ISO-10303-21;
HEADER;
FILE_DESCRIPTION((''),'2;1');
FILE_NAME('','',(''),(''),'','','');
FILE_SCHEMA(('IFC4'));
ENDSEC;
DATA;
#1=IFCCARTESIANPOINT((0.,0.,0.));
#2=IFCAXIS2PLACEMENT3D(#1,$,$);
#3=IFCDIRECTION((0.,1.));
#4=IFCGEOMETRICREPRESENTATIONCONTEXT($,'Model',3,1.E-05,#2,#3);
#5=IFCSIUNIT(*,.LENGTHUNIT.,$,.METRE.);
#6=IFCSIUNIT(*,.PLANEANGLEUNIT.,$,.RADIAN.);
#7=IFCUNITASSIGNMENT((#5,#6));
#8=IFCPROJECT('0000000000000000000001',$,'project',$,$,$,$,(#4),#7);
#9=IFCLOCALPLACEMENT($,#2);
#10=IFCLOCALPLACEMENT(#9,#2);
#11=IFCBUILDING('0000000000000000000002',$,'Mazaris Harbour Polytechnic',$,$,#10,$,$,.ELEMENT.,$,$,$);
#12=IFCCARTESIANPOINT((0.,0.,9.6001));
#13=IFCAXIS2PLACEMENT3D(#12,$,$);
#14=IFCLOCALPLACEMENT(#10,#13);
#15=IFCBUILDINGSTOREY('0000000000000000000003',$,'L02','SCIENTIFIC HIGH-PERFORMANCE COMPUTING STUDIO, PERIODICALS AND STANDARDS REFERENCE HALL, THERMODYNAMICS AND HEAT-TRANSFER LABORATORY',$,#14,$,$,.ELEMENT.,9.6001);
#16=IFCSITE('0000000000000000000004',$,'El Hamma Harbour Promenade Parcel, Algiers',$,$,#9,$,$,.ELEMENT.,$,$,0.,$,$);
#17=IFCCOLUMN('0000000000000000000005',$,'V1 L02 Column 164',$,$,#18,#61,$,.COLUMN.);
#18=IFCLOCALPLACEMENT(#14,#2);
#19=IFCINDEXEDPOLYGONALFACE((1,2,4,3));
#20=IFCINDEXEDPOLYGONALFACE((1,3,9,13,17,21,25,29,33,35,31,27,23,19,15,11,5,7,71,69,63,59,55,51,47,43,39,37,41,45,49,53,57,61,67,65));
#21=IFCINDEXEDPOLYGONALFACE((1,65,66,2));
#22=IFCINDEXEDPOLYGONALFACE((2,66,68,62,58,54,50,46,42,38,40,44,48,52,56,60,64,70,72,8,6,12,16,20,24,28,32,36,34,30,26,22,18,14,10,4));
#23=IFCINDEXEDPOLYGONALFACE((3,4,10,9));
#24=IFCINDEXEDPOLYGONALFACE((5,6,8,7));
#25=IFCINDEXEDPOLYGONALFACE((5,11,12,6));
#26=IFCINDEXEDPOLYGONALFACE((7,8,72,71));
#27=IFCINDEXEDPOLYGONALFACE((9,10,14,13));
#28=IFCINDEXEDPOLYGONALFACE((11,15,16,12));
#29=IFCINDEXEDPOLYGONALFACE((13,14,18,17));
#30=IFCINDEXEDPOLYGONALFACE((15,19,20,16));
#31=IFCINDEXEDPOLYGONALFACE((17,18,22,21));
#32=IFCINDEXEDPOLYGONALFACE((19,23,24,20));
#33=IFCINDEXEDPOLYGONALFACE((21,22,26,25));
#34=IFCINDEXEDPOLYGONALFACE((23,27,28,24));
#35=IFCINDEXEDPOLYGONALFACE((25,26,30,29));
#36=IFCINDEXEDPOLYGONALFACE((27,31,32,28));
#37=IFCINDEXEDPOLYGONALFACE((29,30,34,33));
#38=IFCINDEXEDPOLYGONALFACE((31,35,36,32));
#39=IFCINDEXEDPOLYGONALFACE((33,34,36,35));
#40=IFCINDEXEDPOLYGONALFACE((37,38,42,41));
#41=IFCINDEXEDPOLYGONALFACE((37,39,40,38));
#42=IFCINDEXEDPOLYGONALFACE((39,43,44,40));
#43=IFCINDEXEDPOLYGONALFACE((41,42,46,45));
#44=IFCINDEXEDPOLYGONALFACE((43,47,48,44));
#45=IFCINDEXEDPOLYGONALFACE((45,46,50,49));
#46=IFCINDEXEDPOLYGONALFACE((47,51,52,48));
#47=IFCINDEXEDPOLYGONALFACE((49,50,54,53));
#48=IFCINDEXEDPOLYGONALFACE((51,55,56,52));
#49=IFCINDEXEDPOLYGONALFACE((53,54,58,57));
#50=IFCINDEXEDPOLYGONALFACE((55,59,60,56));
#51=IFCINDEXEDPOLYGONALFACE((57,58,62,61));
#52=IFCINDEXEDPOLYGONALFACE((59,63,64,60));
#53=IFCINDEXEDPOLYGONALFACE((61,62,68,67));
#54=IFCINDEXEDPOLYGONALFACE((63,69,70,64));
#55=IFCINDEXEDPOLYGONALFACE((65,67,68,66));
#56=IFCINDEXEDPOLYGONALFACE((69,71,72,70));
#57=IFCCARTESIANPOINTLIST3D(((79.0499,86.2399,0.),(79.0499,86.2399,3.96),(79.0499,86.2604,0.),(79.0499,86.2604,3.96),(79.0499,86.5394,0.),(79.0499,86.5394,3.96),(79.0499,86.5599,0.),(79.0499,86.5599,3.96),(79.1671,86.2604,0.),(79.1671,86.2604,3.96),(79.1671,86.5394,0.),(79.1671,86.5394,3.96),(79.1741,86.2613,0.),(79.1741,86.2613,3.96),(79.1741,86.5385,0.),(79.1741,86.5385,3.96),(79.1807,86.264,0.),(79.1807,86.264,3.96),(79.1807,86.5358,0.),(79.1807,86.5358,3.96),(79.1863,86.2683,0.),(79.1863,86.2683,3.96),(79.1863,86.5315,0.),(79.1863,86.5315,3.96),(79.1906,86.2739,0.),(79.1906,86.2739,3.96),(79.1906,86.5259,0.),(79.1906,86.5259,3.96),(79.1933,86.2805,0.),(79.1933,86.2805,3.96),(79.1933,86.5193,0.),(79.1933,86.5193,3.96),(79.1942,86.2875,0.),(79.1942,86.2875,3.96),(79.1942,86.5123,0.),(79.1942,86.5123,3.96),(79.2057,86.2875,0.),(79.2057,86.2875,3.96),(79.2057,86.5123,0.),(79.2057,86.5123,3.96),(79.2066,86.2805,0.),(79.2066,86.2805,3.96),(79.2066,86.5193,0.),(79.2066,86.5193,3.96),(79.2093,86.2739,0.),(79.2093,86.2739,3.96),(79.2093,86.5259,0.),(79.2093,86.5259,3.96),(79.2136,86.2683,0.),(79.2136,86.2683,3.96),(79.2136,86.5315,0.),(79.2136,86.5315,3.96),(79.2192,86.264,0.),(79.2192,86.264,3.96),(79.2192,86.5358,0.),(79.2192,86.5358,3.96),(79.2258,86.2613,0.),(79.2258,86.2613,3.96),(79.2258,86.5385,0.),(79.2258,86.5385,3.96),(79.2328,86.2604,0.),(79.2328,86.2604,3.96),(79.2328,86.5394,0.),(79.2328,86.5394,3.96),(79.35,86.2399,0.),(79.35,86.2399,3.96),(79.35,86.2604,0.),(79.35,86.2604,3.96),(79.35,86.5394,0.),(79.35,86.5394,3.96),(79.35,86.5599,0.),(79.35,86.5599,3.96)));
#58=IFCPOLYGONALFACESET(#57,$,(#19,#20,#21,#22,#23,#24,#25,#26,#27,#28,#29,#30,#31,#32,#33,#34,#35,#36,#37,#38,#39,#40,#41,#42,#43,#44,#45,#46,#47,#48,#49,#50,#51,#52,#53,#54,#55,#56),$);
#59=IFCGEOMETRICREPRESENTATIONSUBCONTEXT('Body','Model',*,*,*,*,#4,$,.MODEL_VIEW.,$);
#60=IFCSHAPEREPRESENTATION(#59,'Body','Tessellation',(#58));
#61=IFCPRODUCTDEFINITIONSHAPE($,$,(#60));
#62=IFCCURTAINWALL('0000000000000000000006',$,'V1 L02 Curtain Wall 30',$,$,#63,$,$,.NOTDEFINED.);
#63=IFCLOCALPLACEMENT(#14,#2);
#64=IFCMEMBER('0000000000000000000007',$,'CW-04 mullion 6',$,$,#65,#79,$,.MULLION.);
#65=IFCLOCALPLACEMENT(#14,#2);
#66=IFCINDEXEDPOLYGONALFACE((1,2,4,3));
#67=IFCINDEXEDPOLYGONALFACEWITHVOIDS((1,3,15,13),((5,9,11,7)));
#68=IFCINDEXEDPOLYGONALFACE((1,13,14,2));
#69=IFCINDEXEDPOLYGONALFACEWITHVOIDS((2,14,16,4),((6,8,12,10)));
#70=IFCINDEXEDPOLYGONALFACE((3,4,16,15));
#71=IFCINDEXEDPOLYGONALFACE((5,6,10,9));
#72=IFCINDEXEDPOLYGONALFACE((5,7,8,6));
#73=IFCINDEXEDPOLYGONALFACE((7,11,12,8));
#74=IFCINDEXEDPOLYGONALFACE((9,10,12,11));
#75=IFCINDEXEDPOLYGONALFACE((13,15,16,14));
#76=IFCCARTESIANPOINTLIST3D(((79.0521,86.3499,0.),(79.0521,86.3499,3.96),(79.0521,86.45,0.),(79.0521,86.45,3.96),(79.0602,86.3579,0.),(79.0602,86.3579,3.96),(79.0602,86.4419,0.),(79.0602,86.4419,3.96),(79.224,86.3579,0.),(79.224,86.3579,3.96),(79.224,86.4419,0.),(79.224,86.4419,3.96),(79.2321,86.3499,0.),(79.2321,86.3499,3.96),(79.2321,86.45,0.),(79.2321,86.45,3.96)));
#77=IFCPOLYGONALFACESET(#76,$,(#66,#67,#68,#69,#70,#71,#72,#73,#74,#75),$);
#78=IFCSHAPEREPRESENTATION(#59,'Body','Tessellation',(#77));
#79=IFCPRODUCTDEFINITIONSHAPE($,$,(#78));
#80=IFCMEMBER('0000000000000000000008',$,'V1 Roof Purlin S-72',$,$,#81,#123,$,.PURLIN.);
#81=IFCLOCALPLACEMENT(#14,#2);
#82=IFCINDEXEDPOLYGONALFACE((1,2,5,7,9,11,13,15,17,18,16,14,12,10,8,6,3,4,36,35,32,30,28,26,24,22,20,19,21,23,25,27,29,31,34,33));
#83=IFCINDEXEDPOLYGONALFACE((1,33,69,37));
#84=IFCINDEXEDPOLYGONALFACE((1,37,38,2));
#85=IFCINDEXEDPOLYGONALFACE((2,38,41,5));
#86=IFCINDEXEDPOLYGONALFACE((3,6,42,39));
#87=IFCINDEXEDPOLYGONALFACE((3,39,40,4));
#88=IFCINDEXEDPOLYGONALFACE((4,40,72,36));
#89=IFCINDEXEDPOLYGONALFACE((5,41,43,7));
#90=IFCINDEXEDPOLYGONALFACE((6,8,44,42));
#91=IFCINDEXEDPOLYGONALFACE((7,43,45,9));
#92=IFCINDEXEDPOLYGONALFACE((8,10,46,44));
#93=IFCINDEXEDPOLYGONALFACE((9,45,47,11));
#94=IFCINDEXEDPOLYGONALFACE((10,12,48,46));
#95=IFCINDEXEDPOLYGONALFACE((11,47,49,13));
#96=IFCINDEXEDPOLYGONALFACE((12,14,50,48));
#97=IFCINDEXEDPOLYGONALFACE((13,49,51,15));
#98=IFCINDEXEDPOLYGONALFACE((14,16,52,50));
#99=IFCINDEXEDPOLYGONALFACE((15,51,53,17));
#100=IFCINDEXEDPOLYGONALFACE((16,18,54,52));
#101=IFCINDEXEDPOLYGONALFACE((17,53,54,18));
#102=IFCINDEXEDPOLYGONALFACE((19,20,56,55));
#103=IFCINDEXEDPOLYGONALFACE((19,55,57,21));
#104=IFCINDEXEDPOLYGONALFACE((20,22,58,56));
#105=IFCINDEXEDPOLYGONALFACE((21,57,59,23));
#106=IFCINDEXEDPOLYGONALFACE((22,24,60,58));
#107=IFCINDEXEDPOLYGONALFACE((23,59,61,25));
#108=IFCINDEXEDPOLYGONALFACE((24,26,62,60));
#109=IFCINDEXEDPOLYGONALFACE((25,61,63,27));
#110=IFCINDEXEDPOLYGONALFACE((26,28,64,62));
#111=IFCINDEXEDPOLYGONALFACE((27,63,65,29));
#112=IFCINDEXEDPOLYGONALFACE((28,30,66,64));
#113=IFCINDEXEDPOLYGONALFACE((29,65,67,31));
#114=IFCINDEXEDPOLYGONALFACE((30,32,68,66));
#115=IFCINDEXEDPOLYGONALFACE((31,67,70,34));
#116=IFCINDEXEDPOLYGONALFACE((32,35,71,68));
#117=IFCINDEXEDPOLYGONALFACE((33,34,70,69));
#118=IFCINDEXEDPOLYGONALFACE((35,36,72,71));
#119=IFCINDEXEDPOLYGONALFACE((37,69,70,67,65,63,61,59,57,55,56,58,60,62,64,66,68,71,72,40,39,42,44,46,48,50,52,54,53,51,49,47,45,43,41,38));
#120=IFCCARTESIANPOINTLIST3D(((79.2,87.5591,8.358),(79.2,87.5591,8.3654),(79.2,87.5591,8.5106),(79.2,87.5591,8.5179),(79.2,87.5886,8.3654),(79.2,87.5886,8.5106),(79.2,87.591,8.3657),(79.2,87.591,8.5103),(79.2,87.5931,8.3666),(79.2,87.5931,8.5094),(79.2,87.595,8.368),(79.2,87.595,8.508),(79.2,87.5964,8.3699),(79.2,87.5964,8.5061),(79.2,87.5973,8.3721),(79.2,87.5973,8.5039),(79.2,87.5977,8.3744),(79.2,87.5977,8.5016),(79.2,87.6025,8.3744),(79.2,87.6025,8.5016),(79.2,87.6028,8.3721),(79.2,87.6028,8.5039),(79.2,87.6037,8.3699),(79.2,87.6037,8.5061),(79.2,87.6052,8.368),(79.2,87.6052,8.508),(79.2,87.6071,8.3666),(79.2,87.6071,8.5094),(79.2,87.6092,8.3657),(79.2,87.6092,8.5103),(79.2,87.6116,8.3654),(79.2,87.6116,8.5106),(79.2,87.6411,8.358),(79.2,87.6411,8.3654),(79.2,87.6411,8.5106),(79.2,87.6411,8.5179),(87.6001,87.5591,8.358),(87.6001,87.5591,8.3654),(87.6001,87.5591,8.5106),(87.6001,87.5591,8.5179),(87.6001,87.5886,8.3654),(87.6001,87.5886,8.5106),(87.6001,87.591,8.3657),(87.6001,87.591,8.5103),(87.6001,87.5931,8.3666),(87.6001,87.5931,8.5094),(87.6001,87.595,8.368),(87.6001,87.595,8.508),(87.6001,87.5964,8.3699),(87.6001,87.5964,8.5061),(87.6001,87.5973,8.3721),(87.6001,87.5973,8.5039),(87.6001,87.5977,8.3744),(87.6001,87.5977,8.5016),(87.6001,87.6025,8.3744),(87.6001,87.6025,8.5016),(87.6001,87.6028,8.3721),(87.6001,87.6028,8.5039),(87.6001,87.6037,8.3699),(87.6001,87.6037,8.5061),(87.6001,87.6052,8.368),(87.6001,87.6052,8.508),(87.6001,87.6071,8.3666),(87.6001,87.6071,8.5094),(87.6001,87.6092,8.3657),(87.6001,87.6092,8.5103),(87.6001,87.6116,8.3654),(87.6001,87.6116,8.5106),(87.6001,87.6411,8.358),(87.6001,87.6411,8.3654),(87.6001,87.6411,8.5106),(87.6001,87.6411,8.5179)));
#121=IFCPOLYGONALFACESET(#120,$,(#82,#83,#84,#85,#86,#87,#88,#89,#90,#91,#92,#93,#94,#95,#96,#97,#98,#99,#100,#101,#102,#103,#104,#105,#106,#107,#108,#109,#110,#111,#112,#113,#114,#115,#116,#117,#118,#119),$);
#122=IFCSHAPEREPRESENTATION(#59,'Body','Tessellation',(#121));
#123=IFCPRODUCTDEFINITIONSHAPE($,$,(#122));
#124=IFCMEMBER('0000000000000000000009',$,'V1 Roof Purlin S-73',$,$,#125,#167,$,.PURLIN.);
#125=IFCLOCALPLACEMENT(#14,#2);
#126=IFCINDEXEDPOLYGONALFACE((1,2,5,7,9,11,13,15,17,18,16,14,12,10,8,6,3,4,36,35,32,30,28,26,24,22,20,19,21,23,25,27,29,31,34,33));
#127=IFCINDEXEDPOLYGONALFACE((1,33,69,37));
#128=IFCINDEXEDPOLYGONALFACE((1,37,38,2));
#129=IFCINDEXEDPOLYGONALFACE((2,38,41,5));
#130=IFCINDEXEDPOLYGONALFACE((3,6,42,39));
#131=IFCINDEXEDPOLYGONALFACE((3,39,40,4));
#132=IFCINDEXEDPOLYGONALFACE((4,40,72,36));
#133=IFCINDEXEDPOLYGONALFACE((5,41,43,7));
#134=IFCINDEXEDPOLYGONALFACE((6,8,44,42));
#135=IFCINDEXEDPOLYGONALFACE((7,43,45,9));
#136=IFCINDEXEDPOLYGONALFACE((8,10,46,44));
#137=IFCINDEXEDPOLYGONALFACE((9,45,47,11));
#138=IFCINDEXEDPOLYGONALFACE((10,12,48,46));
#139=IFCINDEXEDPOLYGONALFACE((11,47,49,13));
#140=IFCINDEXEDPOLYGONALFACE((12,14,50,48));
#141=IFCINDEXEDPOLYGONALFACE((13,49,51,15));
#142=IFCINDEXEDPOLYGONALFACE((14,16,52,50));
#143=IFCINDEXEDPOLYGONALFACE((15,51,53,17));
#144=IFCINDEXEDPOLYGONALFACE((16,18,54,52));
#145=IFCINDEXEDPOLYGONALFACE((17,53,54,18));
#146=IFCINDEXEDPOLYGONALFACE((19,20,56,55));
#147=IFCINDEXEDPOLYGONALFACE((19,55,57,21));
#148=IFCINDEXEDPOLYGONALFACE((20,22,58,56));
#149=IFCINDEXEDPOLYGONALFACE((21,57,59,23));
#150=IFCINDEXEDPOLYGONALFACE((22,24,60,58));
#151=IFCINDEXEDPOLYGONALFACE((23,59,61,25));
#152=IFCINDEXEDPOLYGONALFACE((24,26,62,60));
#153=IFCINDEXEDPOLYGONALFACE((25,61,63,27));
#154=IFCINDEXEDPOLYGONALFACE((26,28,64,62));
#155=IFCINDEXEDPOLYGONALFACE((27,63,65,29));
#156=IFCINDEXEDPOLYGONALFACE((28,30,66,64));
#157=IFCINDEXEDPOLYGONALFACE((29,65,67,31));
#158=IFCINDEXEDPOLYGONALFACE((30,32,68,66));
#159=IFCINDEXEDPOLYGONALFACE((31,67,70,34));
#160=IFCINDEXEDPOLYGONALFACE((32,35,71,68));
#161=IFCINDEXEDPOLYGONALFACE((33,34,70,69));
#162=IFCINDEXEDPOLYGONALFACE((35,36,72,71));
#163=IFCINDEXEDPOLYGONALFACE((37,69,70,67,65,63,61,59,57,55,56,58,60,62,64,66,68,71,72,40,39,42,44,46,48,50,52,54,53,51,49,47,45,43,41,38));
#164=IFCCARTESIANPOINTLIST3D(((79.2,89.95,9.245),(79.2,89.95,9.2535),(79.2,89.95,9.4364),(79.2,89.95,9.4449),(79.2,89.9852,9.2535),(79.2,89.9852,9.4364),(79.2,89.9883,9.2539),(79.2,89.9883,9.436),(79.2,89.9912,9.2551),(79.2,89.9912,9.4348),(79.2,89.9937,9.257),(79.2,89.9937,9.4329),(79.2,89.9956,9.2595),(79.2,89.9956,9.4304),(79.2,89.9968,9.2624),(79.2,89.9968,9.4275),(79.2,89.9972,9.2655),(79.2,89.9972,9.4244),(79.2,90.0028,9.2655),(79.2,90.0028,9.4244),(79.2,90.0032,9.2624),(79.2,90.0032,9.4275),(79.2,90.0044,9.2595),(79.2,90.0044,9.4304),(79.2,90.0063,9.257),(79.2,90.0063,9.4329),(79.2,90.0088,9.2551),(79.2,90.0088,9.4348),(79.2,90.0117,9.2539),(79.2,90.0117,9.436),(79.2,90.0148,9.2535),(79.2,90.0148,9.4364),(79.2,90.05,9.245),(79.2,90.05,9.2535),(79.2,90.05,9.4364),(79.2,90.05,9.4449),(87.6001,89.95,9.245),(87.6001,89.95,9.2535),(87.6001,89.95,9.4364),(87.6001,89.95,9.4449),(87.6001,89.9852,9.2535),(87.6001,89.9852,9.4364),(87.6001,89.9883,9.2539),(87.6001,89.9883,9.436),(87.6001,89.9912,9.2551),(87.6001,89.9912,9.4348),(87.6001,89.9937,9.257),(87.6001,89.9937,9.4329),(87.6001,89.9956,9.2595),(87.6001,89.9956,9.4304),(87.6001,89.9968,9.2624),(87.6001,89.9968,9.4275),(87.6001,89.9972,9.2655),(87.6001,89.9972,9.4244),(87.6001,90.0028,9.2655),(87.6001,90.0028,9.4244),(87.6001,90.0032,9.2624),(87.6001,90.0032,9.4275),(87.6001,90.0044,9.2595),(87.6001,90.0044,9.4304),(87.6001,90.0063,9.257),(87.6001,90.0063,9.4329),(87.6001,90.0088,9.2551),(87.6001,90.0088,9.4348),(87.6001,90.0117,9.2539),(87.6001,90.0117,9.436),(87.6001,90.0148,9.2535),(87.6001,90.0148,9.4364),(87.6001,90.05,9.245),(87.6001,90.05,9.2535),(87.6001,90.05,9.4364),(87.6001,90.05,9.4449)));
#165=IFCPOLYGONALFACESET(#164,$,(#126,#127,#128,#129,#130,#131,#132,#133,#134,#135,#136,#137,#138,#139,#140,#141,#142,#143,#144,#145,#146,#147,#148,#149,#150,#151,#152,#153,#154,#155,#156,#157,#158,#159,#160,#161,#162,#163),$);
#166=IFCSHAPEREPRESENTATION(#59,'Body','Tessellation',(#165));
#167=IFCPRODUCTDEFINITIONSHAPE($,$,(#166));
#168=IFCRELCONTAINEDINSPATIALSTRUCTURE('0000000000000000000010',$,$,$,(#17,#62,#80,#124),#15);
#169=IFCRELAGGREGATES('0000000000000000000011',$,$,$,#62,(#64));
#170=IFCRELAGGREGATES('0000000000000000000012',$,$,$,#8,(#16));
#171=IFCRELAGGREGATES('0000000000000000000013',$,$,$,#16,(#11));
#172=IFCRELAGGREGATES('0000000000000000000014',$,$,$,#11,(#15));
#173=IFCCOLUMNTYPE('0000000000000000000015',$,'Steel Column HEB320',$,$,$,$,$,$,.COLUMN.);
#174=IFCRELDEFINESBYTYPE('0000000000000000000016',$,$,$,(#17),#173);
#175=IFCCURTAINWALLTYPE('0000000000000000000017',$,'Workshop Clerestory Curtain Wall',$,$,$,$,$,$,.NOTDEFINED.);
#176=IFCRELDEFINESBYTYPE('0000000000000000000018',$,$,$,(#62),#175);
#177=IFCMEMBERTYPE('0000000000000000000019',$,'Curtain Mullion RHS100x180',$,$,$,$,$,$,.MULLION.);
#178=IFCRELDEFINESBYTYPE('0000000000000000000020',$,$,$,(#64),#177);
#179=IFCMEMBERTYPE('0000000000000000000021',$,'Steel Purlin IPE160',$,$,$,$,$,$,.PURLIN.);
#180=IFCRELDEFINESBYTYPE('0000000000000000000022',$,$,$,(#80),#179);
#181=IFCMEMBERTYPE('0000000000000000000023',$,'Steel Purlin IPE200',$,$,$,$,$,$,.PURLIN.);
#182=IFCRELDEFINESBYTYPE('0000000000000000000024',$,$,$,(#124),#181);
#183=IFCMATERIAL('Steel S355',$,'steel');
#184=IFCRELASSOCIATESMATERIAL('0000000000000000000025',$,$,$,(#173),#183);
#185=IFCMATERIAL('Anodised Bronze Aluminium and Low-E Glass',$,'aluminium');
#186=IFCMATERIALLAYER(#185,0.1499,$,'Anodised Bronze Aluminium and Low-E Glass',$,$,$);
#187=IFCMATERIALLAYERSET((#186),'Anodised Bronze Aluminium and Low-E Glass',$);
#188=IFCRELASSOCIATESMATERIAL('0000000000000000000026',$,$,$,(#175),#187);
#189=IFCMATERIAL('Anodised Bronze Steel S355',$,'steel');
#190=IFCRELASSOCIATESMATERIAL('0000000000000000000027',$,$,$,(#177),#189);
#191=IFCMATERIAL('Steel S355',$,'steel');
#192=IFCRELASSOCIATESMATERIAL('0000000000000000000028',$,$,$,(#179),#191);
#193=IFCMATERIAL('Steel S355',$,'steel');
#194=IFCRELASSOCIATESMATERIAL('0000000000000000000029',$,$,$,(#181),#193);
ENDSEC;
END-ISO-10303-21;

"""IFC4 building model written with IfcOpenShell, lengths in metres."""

from ifc_helpers import new_model, si_unit, direction, frame, origin, origin_2d, place, context, subcontext, project, spatial, hollow_rectangle, i_section, extrude, material, layer, layer_set, material_profile, profile_set, type_object, element, aggregate, save


model = new_model("IFC4")

# Units and contexts
model_context = context("Model", 3, precision=1e-05, world=origin(), true_north=direction((0.0, 1.0)))
body_context = subcontext(model_context, "Body", "Model", "MODEL_VIEW")
ifc_project = project(units=[si_unit("LENGTHUNIT", "METRE"), si_unit("PLANEANGLEUNIT", "RADIAN")], contexts=[model_context])

# Site, building, storey
site_placement = place(None, origin())
site = spatial("IfcSite", under=ifc_project, at=site_placement, Name="El Hamma Harbour Promenade Parcel, Algiers", CompositionType="ELEMENT", RefElevation=0.0)
building_placement = place(site_placement, origin())
building = spatial("IfcBuilding", under=site, at=building_placement, Name="Mazaris Harbour Polytechnic", CompositionType="ELEMENT")
storey_placement = place(building_placement, frame((0.0, 0.0, 9.6001)))
storey = spatial("IfcBuildingStorey", under=building, at=storey_placement, Name="L02", Description="SCIENTIFIC HIGH-PERFORMANCE COMPUTING STUDIO, PERIODICALS AND STANDARDS REFERENCE HALL, THERMODYNAMICS AND HEAT-TRANSFER LABORATORY", CompositionType="ELEMENT", Elevation=9.6001)

# Column
ifc_material_1 = material(Name="Steel S355", Category="steel")
ifc_material_profile_1 = material_profile(ifc_material_1, i_section(OverallWidth=0.3, OverallDepth=0.3201, WebThickness=0.0115, FlangeThickness=0.0205, FilletRadius=0.0271, at=origin_2d()), Name="HEB 320")
ifc_profile_set_1 = profile_set([ifc_material_profile_1], Name="Steel S355")
column_type = type_object("IfcColumnType", Name="Steel Column HEB320", PredefinedType="COLUMN", material=ifc_profile_set_1)
column_placement = place(storey_placement, frame((79.2, 86.3999, 0.0), z_axis=(0.0, 0.0, 1.0), x_axis=(1.0, 0.0, 0.0)))
element("IfcColumn", 1, at=column_placement, inside=storey, type_object=column_type, Name="V1 L02 Column 164", PredefinedType="COLUMN", context=body_context, shape_type="SweptSolid", body=[
    extrude(i_section(OverallWidth=0.3, OverallDepth=0.3201, WebThickness=0.0115, FlangeThickness=0.0205, FilletRadius=0.0271, at=origin_2d()), origin(), (0.0, 0.0, 1.0), 3.96),
])

# Curtain wall, member
ifc_material_2 = material(Name="Anodised Bronze Aluminium and Low-E Glass", Category="aluminium")
ifc_layer_1 = layer(ifc_material_2, 0.1499, Name="Anodised Bronze Aluminium and Low-E Glass")
ifc_layer_set_1 = layer_set([ifc_layer_1], Name="Anodised Bronze Aluminium and Low-E Glass")
curtain_wall_type = type_object("IfcCurtainWallType", Name="Workshop Clerestory Curtain Wall", PredefinedType="NOTDEFINED", material=ifc_layer_set_1)
curtain_wall_placement = place(storey_placement, origin())
curtain_wall = element("IfcCurtainWall", 2, at=curtain_wall_placement, inside=storey, type_object=curtain_wall_type, Name="V1 L02 Curtain Wall 30", PredefinedType="NOTDEFINED")
ifc_material_3 = material(Name="Anodised Bronze Steel S355", Category="steel")
ifc_material_profile_2 = material_profile(ifc_material_3, hollow_rectangle(XDim=0.1001, YDim=0.1799, WallThickness=0.0081, at=origin_2d()), Name="RHS 100x180x8.0")
ifc_profile_set_2 = profile_set([ifc_material_profile_2], Name="Anodised Bronze Steel S355")
member_type_1 = type_object("IfcMemberType", Name="Curtain Mullion RHS100x180", PredefinedType="MULLION", material=ifc_profile_set_2)
member_1_placement = place(storey_placement, frame((79.1421, 86.3999, 0.0), z_axis=(0.0, 0.0, 1.0), x_axis=(0.0, 1.0, 0.0)))
member_1 = element("IfcMember", 3, at=member_1_placement, type_object=member_type_1, Name="CW-04 mullion 6", PredefinedType="MULLION", context=body_context, shape_type="SweptSolid", body=[
    extrude(hollow_rectangle(XDim=0.1001, YDim=0.1799, WallThickness=0.0081, at=origin_2d()), origin(), (0.0, 0.0, 1.0), 3.96),
])

# Members
ifc_material_4 = material(Name="Steel S355", Category="steel")
ifc_material_profile_3 = material_profile(ifc_material_4, i_section(OverallWidth=0.082, OverallDepth=0.1599, WebThickness=0.0049, FlangeThickness=0.0073, FilletRadius=0.009, at=origin_2d()), Name="IPE 160")
ifc_profile_set_3 = profile_set([ifc_material_profile_3], Name="Steel S355")
member_type_2 = type_object("IfcMemberType", Name="Steel Purlin IPE160", PredefinedType="PURLIN", material=ifc_profile_set_3)
member_2_placement = place(storey_placement, frame((79.2, 87.6001, 8.438), z_axis=(1.0, 0.0, 0.0), x_axis=(0.0, 1.0, 0.0)))
element("IfcMember", 4, at=member_2_placement, inside=storey, type_object=member_type_2, Name="V1 Roof Purlin S-72", PredefinedType="PURLIN", context=body_context, shape_type="SweptSolid", body=[
    extrude(i_section(OverallWidth=0.082, OverallDepth=0.1599, WebThickness=0.0049, FlangeThickness=0.0073, FilletRadius=0.009, at=origin_2d()), origin(), (0.0, 0.0, 1.0), 8.4001),
])
ifc_material_5 = material(Name="Steel S355", Category="steel")
ifc_material_profile_4 = material_profile(ifc_material_5, i_section(OverallWidth=0.1001, OverallDepth=0.2, WebThickness=0.0056, FlangeThickness=0.0085, FilletRadius=0.012, at=origin_2d()), Name="IPE 200")
ifc_profile_set_4 = profile_set([ifc_material_profile_4], Name="Steel S355")
member_type_3 = type_object("IfcMemberType", Name="Steel Purlin IPE200", PredefinedType="PURLIN", material=ifc_profile_set_4)
member_3_placement = place(storey_placement, frame((79.2, 90.0, 9.345), z_axis=(1.0, 0.0, 0.0), x_axis=(0.0, 1.0, 0.0)))
element("IfcMember", 5, at=member_3_placement, inside=storey, type_object=member_type_3, Name="V1 Roof Purlin S-73", PredefinedType="PURLIN", context=body_context, shape_type="SweptSolid", body=[
    extrude(i_section(OverallWidth=0.1001, OverallDepth=0.2, WebThickness=0.0056, FlangeThickness=0.0085, FilletRadius=0.012, at=origin_2d()), origin(), (0.0, 0.0, 1.0), 8.4001),
])

aggregate(curtain_wall, [member_1])

save(model, "model.ifc")
